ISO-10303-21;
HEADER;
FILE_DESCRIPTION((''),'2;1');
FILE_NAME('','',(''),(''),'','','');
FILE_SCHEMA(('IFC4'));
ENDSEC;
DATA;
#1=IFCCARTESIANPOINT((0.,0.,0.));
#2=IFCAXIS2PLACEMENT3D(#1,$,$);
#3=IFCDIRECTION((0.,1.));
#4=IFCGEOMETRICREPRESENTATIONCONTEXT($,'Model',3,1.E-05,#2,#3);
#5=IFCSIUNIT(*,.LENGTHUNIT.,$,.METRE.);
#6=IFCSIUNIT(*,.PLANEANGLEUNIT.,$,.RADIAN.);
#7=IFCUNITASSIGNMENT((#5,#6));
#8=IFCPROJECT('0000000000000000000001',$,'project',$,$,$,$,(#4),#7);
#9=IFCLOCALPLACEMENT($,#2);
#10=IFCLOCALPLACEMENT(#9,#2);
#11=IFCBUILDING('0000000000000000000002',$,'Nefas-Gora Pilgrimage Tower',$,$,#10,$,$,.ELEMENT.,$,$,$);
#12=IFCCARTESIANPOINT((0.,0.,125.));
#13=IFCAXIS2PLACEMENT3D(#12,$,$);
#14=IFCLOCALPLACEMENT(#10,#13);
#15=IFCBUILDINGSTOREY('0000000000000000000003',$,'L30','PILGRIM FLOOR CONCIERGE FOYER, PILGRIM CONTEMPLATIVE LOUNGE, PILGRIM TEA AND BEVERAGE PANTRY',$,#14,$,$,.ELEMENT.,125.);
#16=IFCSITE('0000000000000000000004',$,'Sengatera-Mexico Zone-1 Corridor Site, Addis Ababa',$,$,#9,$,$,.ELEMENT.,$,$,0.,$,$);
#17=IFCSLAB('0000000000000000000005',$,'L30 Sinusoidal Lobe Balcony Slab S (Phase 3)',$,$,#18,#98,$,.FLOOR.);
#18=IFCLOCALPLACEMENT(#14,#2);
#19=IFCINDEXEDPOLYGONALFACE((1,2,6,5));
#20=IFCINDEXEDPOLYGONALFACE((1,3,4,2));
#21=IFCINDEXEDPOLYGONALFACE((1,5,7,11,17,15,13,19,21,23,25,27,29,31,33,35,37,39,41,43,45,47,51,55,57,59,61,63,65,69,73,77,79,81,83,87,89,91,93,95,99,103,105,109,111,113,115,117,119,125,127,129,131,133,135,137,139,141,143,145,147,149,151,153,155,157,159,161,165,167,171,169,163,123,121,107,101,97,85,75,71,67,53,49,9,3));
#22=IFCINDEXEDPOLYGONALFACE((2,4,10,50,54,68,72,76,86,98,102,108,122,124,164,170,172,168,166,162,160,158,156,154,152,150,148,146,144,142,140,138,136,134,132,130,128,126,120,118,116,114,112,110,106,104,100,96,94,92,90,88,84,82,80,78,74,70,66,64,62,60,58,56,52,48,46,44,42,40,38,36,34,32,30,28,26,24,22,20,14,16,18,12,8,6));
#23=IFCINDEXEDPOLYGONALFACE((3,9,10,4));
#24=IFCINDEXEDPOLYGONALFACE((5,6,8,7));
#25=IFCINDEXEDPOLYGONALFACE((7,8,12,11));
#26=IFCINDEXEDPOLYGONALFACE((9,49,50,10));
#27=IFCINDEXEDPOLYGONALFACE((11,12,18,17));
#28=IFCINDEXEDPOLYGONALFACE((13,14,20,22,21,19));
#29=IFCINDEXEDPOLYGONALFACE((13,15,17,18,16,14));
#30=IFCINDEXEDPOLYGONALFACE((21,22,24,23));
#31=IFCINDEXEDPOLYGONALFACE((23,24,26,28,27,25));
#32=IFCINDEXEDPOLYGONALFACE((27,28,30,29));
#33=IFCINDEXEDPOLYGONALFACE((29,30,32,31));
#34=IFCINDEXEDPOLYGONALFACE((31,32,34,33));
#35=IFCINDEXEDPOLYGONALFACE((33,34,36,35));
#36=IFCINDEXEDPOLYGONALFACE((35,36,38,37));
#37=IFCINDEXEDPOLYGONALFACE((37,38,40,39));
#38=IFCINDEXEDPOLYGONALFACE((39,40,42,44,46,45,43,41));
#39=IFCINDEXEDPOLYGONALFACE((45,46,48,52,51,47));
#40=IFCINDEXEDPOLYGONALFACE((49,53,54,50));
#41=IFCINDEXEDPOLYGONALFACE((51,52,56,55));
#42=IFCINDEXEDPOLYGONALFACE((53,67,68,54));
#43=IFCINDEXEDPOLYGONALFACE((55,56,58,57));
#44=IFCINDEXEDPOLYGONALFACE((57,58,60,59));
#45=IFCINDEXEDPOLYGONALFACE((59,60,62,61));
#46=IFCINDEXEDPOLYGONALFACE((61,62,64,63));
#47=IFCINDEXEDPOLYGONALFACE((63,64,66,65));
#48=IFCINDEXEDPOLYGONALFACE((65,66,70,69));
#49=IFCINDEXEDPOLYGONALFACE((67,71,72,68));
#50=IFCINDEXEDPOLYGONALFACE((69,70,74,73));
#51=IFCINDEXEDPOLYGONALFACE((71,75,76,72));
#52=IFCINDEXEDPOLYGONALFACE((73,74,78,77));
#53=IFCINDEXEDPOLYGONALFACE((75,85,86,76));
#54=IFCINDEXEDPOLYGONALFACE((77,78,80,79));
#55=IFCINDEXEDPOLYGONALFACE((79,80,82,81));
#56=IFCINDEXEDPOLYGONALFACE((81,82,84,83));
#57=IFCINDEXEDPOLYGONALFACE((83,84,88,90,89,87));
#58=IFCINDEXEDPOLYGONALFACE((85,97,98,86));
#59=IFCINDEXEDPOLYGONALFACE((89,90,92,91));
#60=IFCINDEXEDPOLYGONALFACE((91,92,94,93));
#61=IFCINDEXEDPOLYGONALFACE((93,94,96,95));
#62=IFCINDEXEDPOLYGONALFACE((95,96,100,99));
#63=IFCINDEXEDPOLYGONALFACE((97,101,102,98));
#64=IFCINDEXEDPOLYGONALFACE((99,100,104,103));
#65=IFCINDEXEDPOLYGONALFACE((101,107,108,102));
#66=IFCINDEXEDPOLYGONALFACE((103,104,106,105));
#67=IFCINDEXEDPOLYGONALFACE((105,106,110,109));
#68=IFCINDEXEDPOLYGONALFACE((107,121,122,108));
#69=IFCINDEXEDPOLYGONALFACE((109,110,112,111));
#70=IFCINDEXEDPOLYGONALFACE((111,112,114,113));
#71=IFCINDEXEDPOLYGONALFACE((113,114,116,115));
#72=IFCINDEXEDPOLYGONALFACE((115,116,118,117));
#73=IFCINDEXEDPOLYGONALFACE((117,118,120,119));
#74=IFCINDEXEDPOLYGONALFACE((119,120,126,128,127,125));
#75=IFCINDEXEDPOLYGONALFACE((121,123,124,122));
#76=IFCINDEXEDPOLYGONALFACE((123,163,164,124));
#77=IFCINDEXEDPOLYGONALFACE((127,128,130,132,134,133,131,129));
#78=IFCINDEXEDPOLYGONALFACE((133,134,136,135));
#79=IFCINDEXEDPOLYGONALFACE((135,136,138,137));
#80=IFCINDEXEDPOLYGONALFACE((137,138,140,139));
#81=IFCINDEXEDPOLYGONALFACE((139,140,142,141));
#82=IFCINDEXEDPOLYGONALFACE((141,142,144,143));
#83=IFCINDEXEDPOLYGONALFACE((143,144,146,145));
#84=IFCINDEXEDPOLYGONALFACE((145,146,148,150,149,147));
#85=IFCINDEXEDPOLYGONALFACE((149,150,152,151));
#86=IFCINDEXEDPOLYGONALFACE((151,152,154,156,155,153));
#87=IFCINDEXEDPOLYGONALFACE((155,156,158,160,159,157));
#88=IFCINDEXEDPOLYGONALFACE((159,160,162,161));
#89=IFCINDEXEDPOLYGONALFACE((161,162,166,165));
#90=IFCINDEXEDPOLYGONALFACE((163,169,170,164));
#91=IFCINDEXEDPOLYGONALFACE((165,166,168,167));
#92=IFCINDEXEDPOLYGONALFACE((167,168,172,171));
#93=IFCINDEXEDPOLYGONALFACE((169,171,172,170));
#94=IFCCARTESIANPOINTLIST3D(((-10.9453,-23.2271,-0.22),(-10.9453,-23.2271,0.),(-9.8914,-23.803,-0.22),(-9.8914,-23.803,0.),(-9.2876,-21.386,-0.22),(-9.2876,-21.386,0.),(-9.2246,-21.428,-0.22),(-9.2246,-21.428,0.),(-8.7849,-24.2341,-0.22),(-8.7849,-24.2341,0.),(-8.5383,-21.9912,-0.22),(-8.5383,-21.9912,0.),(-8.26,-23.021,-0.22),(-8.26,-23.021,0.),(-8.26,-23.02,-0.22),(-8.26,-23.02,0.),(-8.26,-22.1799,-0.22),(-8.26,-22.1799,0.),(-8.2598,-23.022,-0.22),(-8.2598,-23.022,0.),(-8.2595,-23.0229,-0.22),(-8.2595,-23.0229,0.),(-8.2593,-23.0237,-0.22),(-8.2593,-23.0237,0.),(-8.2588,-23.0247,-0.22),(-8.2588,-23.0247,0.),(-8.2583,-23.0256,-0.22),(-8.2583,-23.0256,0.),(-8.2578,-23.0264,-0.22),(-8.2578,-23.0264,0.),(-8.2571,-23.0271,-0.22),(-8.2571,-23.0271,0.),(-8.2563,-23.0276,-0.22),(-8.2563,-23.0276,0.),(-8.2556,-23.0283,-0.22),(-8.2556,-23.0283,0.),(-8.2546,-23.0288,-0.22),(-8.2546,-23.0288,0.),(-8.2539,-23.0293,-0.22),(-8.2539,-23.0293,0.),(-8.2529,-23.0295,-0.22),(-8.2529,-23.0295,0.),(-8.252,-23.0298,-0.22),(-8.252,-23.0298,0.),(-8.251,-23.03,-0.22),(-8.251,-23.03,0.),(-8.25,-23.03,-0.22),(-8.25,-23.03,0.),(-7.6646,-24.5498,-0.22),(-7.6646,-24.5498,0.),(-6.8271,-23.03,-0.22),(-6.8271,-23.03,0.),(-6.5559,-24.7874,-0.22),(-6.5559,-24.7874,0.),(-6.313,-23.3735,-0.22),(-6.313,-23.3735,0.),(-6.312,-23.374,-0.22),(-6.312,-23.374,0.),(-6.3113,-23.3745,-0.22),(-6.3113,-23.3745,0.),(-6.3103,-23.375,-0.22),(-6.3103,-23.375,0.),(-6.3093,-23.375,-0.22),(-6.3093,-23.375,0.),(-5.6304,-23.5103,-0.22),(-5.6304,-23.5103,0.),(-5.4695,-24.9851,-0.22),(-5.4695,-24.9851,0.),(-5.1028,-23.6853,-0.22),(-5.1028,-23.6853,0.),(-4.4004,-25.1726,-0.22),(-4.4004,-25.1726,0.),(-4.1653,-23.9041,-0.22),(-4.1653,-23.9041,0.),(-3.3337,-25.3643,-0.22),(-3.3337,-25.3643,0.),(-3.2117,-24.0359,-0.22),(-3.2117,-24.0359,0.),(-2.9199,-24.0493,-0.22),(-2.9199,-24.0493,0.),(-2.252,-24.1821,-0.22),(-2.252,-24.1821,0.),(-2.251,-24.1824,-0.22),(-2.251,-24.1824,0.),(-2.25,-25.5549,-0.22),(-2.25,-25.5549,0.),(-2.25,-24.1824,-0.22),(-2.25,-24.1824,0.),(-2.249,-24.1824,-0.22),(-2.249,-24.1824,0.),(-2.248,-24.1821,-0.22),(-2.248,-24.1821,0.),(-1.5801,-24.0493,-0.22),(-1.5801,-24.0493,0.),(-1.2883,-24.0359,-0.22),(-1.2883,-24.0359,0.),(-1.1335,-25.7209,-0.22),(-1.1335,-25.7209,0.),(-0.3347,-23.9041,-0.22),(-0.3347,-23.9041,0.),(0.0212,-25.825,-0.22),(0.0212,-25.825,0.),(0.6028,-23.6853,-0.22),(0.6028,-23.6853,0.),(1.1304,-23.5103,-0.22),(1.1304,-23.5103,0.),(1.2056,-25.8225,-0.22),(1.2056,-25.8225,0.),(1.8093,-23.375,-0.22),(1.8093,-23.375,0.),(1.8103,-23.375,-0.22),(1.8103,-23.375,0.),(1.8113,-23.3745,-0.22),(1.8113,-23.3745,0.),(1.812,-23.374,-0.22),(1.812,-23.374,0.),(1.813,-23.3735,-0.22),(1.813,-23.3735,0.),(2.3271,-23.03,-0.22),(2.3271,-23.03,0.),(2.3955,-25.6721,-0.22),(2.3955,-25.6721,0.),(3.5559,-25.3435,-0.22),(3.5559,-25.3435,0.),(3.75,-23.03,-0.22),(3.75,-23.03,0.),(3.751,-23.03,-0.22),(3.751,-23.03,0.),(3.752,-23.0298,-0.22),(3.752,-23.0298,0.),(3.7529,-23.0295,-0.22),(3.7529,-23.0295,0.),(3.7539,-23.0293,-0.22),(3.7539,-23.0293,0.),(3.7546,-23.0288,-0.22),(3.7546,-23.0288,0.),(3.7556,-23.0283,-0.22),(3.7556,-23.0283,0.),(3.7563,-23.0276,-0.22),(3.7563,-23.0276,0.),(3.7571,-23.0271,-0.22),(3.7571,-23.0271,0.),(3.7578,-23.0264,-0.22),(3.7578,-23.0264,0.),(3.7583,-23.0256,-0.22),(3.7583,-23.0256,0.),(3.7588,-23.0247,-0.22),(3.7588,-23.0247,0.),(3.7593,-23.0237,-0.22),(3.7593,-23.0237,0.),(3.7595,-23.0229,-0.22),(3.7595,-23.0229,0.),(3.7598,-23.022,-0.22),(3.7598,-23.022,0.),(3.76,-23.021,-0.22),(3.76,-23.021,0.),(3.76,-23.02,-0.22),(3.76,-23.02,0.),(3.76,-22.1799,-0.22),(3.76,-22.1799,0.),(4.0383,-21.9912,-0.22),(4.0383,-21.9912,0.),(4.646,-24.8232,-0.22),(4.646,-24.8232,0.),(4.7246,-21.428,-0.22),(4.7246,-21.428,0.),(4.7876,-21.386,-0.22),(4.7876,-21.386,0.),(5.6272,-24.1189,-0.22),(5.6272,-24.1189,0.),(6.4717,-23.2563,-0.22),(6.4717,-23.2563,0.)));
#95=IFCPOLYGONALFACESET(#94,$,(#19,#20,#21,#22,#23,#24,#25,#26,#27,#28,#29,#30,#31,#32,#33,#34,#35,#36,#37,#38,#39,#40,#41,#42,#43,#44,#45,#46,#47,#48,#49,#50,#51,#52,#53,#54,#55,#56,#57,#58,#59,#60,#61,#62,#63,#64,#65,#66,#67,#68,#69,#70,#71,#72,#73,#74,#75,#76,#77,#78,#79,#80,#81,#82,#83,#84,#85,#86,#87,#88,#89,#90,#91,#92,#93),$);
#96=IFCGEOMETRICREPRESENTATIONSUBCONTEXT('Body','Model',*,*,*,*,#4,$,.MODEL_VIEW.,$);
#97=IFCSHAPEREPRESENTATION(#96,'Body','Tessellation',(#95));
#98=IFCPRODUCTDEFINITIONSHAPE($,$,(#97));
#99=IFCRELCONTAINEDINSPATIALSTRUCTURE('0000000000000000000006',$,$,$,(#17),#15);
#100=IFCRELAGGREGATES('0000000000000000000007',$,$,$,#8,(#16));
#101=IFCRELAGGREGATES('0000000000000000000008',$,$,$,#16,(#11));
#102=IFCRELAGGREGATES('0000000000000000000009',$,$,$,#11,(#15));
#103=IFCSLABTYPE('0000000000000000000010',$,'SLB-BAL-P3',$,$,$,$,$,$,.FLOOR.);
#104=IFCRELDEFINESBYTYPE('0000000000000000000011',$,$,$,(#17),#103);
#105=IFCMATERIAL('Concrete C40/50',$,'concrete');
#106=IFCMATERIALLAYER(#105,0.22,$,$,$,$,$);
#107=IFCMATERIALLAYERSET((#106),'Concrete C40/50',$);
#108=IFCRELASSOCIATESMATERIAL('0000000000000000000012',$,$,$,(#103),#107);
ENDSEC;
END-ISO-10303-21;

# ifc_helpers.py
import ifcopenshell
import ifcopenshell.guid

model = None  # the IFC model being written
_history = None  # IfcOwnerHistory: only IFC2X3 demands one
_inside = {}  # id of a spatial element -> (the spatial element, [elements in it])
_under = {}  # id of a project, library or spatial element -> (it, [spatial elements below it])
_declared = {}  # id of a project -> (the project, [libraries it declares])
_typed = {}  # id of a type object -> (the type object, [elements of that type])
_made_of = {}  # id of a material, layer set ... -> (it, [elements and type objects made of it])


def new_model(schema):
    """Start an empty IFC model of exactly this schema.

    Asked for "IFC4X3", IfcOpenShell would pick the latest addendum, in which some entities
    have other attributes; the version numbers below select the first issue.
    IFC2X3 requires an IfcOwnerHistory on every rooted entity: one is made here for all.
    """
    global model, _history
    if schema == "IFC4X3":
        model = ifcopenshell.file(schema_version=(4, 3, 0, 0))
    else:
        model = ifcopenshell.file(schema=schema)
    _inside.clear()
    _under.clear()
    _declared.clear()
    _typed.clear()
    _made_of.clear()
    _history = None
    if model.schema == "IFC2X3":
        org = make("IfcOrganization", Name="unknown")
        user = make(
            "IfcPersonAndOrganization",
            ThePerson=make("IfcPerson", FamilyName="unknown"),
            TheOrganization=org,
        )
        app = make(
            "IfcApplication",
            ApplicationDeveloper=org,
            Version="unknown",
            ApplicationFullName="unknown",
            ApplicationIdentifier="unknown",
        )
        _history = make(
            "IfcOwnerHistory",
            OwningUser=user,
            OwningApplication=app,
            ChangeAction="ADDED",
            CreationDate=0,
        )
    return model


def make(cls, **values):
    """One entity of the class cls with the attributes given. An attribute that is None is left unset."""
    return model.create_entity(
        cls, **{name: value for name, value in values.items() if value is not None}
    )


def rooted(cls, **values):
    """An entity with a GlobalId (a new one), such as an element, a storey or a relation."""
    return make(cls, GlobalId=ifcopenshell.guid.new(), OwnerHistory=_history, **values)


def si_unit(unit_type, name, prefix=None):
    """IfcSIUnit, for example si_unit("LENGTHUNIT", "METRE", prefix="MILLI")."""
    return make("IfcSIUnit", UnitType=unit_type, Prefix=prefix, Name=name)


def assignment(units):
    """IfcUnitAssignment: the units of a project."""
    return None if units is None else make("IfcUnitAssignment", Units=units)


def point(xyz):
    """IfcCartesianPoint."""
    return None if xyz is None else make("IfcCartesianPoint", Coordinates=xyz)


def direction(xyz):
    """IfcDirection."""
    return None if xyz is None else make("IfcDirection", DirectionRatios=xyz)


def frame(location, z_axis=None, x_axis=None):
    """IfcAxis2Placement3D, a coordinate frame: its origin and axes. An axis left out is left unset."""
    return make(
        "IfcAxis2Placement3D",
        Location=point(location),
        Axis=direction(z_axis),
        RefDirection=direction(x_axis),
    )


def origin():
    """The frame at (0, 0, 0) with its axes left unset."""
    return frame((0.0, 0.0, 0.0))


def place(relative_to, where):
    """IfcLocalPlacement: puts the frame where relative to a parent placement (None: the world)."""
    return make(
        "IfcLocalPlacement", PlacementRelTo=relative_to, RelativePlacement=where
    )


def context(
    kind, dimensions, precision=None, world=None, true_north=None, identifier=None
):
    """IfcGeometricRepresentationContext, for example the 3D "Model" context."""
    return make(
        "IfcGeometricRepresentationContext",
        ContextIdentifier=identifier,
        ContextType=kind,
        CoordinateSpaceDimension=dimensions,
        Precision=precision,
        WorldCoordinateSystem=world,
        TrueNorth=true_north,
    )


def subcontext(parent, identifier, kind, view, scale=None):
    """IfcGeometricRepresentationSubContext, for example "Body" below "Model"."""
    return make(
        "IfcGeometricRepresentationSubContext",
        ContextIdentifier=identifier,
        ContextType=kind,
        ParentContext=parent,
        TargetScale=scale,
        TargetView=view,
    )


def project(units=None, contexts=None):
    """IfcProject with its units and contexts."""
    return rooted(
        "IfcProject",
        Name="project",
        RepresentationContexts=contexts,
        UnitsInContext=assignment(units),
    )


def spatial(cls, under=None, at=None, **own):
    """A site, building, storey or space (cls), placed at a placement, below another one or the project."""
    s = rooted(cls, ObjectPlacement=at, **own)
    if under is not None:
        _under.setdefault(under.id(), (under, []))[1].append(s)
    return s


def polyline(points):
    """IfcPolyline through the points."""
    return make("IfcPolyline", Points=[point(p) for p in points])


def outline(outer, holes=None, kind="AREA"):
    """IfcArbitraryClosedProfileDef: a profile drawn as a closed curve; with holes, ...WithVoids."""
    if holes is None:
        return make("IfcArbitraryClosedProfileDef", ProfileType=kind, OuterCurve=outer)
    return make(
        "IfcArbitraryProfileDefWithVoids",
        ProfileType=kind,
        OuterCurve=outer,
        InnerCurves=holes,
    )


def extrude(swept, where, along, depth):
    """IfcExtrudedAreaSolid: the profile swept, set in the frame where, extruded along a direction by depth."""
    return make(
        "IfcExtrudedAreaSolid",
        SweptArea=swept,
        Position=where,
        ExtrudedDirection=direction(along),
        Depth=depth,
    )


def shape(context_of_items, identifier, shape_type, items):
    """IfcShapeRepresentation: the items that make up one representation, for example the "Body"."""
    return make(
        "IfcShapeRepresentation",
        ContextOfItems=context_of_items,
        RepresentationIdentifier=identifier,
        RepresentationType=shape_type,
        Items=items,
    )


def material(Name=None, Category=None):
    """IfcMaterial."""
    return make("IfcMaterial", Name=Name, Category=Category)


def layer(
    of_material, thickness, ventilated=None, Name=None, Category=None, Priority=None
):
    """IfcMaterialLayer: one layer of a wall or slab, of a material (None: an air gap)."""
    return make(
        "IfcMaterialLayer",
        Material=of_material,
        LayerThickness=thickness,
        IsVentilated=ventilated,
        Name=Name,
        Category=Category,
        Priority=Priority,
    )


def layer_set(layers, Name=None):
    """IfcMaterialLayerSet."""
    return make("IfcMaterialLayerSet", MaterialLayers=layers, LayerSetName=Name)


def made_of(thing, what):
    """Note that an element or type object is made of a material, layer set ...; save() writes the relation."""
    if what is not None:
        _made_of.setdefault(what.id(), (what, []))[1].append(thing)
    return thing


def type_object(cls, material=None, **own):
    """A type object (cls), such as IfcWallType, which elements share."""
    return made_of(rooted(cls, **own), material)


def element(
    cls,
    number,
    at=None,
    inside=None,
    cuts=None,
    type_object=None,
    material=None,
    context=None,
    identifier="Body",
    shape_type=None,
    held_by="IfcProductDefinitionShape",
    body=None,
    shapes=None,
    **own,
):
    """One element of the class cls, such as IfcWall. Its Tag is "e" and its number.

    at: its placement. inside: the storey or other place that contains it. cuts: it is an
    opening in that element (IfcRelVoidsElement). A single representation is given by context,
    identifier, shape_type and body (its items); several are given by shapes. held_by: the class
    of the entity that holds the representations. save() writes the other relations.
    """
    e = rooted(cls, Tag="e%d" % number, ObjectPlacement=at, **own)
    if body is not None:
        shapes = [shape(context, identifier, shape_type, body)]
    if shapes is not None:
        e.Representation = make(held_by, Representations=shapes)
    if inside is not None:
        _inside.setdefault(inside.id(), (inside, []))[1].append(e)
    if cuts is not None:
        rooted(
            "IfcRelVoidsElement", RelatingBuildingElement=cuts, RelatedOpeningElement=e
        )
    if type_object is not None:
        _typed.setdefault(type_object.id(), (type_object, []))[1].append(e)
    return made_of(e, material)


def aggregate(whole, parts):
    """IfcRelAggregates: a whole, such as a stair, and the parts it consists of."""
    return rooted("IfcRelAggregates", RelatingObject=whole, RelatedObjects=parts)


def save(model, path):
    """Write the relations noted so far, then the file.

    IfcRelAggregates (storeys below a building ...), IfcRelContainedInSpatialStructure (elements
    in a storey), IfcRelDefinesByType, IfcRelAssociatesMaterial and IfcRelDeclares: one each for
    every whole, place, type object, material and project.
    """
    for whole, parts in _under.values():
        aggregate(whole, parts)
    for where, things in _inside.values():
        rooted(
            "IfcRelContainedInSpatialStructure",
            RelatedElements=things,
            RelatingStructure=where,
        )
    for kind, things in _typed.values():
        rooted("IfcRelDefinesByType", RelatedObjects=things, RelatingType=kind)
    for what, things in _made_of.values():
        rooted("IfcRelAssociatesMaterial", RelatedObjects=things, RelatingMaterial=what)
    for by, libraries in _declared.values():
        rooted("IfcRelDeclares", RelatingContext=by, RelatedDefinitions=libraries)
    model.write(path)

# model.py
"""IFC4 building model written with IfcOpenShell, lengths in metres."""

from ifc_helpers import new_model, si_unit, direction, frame, origin, place, context, subcontext, project, spatial, polyline, outline, extrude, material, layer, layer_set, type_object, element, save


model = new_model("IFC4")

# Units and contexts
model_context = context("Model", 3, precision=1e-05, world=origin(), true_north=direction((0.0, 1.0)))
body_context = subcontext(model_context, "Body", "Model", "MODEL_VIEW")
ifc_project = project(units=[si_unit("LENGTHUNIT", "METRE"), si_unit("PLANEANGLEUNIT", "RADIAN")], contexts=[model_context])

# Site, building, storey
site_placement = place(None, origin())
site = spatial("IfcSite", under=ifc_project, at=site_placement, Name="Sengatera-Mexico Zone-1 Corridor Site, Addis Ababa", CompositionType="ELEMENT", RefElevation=0.0)
building_placement = place(site_placement, origin())
building = spatial("IfcBuilding", under=site, at=building_placement, Name="Nefas-Gora Pilgrimage Tower", CompositionType="ELEMENT")
storey_placement = place(building_placement, frame((0.0, 0.0, 125.0)))
storey = spatial("IfcBuildingStorey", under=building, at=storey_placement, Name="L30", Description="PILGRIM FLOOR CONCIERGE FOYER, PILGRIM CONTEMPLATIVE LOUNGE, PILGRIM TEA AND BEVERAGE PANTRY", CompositionType="ELEMENT", Elevation=125.0)

# Slab
ifc_material_1 = material(Name="Concrete C40/50", Category="concrete")
ifc_layer_1 = layer(ifc_material_1, 0.22)
ifc_layer_set_1 = layer_set([ifc_layer_1], Name="Concrete C40/50")
slab_type_1 = type_object("IfcSlabType", Name="SLB-BAL-P3", PredefinedType="FLOOR", material=ifc_layer_set_1)
slab_1_placement = place(storey_placement, frame((0.0, 0.0, -0.22)))
element("IfcSlab", 1, at=slab_1_placement, inside=storey, type_object=slab_type_1, Name="L30 Sinusoidal Lobe Balcony Slab S (Phase 3)", PredefinedType="FLOOR", context=body_context, shape_type="SweptSolid", body=[
    extrude(outline(polyline([(4.7876, -21.386), (4.7246, -21.428), (4.0383, -21.9912), (3.76, -22.1799), (3.76, -23.02), (3.76, -23.021), (3.7598, -23.022), (3.7595, -23.0229), (3.7593, -23.0237), (3.7588, -23.0247), (3.7583, -23.0256), (3.7578, -23.0264), (3.7571, -23.0271), (3.7563, -23.0276), (3.7556, -23.0283), (3.7546, -23.0288), (3.7539, -23.0293), (3.7529, -23.0295), (3.752, -23.0298), (3.751, -23.03), (3.75, -23.03), (2.3271, -23.03), (1.813, -23.3735), (1.812, -23.374), (1.8113, -23.3745), (1.8103, -23.375), (1.8093, -23.375), (1.1304, -23.5103), (0.6028, -23.6853), (-0.3347, -23.9041), (-1.2883, -24.0359), (-1.5801, -24.0493), (-2.248, -24.1821), (-2.249, -24.1824), (-2.25, -24.1824), (-2.251, -24.1824), (-2.252, -24.1821), (-2.9199, -24.0493), (-3.2117, -24.0359), (-4.1653, -23.9041), (-5.1028, -23.6853), (-5.6304, -23.5103), (-6.3093, -23.375), (-6.3103, -23.375), (-6.3113, -23.3745), (-6.312, -23.374), (-6.313, -23.3735), (-6.8271, -23.03), (-8.25, -23.03), (-8.251, -23.03), (-8.252, -23.0298), (-8.2529, -23.0295), (-8.2539, -23.0293), (-8.2546, -23.0288), (-8.2556, -23.0283), (-8.2563, -23.0276), (-8.2571, -23.0271), (-8.2578, -23.0264), (-8.2583, -23.0256), (-8.2588, -23.0247), (-8.2593, -23.0237), (-8.2595, -23.0229), (-8.2598, -23.022), (-8.26, -23.021), (-8.26, -23.02), (-8.26, -22.1799), (-8.5383, -21.9912), (-9.2246, -21.428), (-9.2876, -21.386), (-10.9453, -23.2271), (-9.8914, -23.803), (-8.7849, -24.2341), (-7.6646, -24.5498), (-6.5559, -24.7874), (-5.4695, -24.9851), (-4.4004, -25.1726), (-3.3337, -25.3643), (-2.25, -25.5549), (-1.1335, -25.7209), (0.0212, -25.825), (1.2056, -25.8225), (2.3955, -25.6721), (3.5559, -25.3435), (4.646, -24.8232), (5.6272, -24.1189), (6.4717, -23.2563), (4.7876, -21.386)])), origin(), (0.0, 0.0, 1.0), 0.22),
])

save(model, "model.ifc")
